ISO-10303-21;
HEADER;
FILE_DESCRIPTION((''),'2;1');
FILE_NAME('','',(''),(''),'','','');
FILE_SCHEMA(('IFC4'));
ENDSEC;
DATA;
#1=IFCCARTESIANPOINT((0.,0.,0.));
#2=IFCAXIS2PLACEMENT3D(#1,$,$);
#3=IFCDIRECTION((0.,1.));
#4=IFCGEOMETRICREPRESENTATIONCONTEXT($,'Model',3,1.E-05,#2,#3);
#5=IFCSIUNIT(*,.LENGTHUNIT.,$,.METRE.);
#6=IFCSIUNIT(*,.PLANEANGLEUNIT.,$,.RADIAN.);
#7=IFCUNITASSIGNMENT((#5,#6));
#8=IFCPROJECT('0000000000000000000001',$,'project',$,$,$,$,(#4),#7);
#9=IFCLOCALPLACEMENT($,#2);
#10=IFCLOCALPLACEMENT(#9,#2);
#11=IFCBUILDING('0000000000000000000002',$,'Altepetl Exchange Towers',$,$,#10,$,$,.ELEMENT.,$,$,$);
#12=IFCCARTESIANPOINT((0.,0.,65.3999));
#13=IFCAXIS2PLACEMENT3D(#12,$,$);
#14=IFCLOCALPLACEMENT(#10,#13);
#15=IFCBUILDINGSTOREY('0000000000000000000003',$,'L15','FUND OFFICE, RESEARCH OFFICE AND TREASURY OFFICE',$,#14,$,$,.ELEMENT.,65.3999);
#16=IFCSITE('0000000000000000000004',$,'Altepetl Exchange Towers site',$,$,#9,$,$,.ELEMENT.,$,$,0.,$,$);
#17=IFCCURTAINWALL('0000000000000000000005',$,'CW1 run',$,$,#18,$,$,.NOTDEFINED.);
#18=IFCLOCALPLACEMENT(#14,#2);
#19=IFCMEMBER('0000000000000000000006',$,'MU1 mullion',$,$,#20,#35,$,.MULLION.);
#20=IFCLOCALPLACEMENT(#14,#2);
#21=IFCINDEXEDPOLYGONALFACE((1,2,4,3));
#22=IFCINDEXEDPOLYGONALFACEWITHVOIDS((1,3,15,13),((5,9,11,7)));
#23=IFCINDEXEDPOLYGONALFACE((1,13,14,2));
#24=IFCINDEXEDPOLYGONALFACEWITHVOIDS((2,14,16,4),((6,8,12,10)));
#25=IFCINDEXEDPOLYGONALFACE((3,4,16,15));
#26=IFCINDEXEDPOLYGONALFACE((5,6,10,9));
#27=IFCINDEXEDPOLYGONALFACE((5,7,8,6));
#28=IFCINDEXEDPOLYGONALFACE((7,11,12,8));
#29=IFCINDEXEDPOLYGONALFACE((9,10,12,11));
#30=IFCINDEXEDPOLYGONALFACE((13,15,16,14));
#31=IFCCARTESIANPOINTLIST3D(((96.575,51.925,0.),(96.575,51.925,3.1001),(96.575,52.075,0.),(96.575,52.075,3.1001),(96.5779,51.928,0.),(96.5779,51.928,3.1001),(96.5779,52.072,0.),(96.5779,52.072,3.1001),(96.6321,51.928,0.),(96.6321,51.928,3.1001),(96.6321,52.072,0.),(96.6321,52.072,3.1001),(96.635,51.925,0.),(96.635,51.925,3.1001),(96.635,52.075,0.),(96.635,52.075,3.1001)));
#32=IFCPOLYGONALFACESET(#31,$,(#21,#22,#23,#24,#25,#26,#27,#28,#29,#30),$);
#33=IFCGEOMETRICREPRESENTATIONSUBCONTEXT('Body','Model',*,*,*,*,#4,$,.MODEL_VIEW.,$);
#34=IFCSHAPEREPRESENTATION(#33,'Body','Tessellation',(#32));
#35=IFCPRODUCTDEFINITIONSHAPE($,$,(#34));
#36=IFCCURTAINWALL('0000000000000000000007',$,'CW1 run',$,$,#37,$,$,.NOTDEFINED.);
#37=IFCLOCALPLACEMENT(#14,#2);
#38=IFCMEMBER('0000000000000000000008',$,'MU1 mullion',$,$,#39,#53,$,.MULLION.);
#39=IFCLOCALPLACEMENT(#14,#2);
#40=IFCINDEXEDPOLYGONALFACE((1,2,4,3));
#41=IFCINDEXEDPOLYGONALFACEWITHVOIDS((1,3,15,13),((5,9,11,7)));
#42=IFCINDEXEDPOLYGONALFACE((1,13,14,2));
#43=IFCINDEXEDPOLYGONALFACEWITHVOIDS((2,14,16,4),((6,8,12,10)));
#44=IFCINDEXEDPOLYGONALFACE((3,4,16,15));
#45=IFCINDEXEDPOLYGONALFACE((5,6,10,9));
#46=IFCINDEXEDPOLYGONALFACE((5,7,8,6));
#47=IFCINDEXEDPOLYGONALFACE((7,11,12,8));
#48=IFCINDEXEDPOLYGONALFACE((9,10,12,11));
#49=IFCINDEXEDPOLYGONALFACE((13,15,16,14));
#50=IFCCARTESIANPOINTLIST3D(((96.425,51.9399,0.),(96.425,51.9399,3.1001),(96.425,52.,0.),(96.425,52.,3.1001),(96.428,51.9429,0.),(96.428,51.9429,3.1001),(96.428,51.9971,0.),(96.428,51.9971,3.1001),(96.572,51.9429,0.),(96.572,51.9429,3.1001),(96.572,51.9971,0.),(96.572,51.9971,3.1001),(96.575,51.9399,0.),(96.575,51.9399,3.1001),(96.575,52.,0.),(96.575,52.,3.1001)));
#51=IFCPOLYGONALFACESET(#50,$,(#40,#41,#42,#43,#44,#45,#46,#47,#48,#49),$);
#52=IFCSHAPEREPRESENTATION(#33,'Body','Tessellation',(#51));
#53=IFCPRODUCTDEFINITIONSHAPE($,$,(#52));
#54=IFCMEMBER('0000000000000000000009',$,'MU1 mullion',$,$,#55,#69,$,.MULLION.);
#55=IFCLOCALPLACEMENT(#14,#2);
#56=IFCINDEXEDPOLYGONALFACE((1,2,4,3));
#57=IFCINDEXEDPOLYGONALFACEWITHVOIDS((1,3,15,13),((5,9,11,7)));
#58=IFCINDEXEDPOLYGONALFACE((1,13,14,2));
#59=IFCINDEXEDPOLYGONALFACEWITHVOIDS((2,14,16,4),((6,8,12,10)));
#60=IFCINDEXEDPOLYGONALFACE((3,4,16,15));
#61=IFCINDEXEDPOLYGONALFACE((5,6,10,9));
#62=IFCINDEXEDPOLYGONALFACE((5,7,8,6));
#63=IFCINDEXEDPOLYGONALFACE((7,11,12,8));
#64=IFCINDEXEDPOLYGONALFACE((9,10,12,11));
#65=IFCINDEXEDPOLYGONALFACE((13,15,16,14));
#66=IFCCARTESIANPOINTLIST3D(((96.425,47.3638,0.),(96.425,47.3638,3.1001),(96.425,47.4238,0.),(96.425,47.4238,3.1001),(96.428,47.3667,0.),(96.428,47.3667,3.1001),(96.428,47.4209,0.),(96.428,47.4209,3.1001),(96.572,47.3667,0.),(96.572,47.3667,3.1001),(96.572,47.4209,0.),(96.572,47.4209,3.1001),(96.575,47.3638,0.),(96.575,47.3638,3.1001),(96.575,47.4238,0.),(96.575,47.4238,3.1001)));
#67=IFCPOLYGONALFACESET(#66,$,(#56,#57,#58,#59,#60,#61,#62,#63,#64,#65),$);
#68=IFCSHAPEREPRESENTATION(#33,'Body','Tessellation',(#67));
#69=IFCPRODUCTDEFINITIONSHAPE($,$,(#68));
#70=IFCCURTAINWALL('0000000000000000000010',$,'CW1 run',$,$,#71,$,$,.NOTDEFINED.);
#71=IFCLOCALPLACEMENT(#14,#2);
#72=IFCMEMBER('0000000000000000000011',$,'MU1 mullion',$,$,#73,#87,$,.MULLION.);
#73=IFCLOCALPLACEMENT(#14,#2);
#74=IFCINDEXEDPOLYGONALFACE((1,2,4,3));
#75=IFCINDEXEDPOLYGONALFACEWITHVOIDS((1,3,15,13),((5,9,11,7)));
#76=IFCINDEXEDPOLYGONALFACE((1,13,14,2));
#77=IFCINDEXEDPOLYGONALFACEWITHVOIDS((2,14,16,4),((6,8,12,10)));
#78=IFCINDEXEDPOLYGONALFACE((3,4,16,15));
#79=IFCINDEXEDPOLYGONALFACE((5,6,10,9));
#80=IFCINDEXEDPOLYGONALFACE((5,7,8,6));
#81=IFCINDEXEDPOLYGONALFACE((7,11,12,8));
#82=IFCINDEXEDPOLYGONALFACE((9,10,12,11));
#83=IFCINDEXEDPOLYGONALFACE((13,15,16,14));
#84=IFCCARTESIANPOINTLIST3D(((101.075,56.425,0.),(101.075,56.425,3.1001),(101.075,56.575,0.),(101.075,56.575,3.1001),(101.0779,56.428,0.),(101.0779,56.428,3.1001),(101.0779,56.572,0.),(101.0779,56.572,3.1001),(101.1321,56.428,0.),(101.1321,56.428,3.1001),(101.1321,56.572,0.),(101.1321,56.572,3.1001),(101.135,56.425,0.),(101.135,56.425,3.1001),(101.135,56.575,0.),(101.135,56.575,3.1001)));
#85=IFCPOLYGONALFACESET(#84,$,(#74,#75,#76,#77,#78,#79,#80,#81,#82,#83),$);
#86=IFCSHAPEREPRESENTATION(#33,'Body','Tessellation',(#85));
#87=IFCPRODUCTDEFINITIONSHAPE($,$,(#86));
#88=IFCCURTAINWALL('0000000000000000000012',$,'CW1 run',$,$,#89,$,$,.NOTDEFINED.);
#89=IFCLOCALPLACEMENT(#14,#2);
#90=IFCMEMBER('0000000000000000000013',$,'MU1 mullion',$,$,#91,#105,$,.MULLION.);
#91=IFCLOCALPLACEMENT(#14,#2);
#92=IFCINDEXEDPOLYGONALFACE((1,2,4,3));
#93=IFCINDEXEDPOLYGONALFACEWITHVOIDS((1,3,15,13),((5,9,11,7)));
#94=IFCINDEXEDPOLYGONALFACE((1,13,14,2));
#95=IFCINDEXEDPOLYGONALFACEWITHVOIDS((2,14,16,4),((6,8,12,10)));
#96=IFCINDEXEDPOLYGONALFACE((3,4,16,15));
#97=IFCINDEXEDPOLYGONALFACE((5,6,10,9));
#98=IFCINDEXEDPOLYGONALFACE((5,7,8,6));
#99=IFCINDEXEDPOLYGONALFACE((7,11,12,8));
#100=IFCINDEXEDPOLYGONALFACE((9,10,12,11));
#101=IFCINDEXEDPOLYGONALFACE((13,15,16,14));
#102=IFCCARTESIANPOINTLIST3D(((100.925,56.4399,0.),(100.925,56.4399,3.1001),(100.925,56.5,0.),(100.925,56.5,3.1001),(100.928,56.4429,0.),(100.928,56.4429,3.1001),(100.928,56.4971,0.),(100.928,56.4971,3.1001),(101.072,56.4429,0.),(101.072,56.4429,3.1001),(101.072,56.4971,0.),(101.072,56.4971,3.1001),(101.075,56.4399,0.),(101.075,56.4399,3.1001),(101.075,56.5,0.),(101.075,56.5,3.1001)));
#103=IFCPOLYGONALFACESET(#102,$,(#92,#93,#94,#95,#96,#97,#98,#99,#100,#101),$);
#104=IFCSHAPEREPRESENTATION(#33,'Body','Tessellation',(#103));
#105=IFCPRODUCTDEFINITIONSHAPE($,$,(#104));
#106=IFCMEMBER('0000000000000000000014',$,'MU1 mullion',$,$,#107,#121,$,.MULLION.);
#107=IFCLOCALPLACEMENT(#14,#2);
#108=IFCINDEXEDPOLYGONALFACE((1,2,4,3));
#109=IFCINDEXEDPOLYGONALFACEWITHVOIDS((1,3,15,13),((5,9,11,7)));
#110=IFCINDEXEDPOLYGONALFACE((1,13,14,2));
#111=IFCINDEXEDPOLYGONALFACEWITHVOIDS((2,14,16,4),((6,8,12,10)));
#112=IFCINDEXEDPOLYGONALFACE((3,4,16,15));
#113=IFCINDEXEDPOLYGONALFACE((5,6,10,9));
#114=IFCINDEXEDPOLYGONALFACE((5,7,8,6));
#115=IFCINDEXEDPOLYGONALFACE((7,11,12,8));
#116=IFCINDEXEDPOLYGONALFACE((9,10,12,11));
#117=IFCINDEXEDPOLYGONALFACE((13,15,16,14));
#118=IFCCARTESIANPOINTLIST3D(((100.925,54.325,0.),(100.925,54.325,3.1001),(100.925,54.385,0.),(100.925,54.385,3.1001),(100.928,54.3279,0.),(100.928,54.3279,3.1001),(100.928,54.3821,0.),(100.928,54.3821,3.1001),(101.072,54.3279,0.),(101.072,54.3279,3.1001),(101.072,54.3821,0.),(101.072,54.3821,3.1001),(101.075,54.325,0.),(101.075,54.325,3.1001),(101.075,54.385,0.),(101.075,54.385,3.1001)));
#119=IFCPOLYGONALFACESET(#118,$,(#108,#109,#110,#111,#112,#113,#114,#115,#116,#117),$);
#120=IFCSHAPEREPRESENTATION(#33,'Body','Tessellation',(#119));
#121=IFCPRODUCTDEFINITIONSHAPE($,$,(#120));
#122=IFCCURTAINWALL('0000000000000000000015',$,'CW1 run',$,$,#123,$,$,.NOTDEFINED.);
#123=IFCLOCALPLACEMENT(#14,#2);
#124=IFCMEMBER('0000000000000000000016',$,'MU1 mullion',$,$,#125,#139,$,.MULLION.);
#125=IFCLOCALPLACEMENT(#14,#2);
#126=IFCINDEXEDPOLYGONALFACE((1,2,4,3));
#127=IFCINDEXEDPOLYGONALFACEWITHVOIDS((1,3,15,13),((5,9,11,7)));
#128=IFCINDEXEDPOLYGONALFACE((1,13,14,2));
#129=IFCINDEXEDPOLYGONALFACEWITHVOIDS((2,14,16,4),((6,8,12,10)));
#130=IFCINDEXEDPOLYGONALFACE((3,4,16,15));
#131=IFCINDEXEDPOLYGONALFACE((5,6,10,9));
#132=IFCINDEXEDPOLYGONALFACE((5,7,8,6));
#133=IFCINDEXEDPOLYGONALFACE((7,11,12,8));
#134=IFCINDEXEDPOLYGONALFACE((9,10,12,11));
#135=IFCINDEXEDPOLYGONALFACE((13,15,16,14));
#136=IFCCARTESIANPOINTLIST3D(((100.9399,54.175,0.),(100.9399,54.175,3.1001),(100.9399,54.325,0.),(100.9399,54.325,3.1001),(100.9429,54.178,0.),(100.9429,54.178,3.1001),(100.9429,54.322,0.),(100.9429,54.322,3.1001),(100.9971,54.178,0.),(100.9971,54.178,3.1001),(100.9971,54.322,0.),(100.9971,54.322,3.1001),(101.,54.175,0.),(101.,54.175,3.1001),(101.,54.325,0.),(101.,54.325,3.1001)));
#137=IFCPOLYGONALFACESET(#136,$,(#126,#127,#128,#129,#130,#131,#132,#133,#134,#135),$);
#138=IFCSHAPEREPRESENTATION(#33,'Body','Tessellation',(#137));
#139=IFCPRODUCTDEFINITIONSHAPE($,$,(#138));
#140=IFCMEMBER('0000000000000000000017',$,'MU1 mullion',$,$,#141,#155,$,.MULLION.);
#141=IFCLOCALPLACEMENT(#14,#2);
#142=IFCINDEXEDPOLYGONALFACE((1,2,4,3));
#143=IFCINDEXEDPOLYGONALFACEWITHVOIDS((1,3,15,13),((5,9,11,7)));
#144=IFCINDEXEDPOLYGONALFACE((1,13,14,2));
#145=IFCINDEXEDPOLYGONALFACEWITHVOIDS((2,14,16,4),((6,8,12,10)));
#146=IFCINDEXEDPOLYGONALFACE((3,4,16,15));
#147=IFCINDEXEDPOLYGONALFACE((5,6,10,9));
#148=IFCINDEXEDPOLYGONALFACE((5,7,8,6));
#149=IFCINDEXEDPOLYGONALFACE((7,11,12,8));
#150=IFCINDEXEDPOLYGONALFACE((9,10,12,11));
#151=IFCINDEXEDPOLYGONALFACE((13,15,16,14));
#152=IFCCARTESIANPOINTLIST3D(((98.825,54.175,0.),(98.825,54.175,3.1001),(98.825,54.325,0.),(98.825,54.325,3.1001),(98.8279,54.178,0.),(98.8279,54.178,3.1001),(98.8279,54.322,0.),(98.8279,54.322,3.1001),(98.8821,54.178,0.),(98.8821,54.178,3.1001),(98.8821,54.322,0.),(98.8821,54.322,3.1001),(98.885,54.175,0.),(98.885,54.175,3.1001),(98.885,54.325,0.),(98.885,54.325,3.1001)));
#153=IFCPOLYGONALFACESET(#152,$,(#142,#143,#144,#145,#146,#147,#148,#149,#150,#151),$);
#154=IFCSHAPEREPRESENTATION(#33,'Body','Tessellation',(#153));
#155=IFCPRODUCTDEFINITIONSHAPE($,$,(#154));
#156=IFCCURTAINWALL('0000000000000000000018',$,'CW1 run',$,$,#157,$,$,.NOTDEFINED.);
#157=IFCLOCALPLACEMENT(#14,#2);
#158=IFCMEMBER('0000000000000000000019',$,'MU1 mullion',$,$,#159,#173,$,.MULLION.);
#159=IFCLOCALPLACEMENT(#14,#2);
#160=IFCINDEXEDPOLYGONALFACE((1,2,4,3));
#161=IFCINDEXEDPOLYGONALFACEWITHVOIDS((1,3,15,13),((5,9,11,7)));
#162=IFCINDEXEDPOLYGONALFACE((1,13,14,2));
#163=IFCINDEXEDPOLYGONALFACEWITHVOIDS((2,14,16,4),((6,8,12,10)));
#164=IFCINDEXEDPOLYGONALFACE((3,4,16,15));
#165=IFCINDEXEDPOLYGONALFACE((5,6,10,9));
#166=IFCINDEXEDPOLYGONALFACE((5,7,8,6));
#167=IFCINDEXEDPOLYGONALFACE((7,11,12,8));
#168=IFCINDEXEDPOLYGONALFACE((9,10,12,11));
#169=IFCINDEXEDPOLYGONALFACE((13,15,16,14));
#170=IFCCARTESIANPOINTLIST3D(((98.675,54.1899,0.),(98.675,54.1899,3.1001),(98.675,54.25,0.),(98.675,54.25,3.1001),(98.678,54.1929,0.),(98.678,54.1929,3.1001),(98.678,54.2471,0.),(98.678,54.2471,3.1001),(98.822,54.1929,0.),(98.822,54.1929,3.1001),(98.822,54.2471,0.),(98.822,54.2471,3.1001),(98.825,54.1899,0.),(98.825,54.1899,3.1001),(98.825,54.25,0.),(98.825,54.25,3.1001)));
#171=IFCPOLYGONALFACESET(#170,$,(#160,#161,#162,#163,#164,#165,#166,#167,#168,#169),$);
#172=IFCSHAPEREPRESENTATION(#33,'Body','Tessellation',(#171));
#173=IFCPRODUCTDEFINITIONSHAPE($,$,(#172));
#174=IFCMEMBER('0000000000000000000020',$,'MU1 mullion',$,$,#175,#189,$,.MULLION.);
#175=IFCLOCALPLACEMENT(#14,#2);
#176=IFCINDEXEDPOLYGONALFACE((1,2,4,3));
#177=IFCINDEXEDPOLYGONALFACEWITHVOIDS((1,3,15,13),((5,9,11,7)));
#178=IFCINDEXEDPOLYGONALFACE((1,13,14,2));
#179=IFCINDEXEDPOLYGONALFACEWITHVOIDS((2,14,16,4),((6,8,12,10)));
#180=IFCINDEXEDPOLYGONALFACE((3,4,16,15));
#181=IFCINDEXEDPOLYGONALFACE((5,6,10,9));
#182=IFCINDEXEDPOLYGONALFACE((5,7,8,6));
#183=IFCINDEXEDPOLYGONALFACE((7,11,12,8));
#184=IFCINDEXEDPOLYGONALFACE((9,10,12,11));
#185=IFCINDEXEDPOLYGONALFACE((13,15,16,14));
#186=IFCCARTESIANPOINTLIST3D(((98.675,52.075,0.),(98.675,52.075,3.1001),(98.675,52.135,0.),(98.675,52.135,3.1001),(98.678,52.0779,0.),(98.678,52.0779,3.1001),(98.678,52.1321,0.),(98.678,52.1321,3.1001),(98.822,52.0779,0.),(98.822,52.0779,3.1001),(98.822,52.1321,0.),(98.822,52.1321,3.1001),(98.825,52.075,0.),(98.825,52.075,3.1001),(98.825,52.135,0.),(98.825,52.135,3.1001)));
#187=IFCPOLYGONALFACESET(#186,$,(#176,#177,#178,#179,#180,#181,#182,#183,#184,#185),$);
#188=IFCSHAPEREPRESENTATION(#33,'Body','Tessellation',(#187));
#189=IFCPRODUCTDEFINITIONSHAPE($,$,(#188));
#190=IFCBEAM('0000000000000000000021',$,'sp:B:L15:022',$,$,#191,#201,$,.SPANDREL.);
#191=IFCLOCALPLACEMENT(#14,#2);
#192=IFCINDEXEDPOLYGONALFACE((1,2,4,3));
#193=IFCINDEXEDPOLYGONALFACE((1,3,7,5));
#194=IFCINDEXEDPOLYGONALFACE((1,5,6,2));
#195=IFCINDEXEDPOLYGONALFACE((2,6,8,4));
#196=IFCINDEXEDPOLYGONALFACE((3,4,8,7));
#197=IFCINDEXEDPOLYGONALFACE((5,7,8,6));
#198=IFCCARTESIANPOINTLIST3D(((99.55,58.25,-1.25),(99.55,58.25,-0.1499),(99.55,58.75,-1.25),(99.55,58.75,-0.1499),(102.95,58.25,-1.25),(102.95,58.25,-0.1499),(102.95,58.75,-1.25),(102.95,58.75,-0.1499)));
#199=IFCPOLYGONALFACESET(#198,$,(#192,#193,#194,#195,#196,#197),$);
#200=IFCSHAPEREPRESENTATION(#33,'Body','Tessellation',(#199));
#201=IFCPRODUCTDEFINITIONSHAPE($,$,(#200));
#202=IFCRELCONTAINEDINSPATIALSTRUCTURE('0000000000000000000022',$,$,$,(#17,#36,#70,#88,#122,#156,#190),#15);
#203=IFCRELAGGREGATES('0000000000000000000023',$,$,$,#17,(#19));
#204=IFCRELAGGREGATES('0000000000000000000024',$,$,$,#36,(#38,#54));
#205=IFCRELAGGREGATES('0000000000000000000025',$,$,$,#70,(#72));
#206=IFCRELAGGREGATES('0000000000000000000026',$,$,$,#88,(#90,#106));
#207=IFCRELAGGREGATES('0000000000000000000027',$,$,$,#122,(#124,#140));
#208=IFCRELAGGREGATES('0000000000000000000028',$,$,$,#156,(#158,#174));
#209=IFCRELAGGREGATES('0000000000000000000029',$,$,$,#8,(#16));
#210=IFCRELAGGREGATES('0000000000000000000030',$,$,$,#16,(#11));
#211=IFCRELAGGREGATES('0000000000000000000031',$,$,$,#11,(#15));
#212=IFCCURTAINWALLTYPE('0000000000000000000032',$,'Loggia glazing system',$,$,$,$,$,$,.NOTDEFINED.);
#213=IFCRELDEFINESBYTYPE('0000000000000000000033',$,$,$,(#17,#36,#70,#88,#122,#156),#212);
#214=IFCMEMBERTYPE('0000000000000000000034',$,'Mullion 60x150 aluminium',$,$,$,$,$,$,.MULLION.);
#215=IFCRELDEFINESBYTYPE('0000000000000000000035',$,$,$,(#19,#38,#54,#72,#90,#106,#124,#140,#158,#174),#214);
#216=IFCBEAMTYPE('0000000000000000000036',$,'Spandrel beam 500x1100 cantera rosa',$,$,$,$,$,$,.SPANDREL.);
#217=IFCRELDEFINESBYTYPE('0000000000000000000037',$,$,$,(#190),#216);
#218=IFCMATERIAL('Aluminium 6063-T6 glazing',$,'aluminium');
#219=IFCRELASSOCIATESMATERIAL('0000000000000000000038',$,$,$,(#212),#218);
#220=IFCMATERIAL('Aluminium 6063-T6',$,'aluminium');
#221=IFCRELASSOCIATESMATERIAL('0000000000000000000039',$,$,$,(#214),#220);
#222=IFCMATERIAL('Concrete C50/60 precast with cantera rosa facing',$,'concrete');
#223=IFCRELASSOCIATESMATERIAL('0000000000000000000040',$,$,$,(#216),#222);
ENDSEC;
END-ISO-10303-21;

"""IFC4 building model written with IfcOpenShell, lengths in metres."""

from ifc_helpers import new_model, si_unit, direction, frame, origin, origin_2d, place, context, subcontext, project, spatial, rectangle, hollow_rectangle, extrude, material, material_profile, profile_set, type_object, element, aggregate, save


model = new_model("IFC4")

# Units and contexts
model_context = context("Model", 3, precision=1e-05, world=origin(), true_north=direction((0.0, 1.0)))
body_context = subcontext(model_context, "Body", "Model", "MODEL_VIEW")
ifc_project = project(units=[si_unit("LENGTHUNIT", "METRE"), si_unit("PLANEANGLEUNIT", "RADIAN")], contexts=[model_context])

# Site, building, storey
site_placement = place(None, origin())
site = spatial("IfcSite", under=ifc_project, at=site_placement, Name="Altepetl Exchange Towers site", CompositionType="ELEMENT", RefElevation=0.0)
building_placement = place(site_placement, origin())
building = spatial("IfcBuilding", under=site, at=building_placement, Name="Altepetl Exchange Towers", CompositionType="ELEMENT")
storey_placement = place(building_placement, frame((0.0, 0.0, 65.3999)))
storey = spatial("IfcBuildingStorey", under=building, at=storey_placement, Name="L15", Description="FUND OFFICE, RESEARCH OFFICE AND TREASURY OFFICE", CompositionType="ELEMENT", Elevation=65.3999)

# Curtain walls, members
ifc_material_1 = material(Name="Aluminium 6063-T6 glazing", Category="aluminium")
curtain_wall_type = type_object("IfcCurtainWallType", Name="Loggia glazing system", PredefinedType="NOTDEFINED", material=ifc_material_1)
curtain_wall_1_placement = place(storey_placement, origin())
curtain_wall_1 = element("IfcCurtainWall", 1, at=curtain_wall_1_placement, inside=storey, type_object=curtain_wall_type, Name="CW1 run", PredefinedType="NOTDEFINED")
ifc_material_2 = material(Name="Aluminium 6063-T6", Category="aluminium")
ifc_material_profile_1 = material_profile(ifc_material_2, hollow_rectangle(XDim=0.0601, YDim=0.1499, WallThickness=0.0029, at=origin_2d()), Name="Mullion 60x150 aluminium")
ifc_profile_set_1 = profile_set([ifc_material_profile_1], Name="Aluminium 6063-T6")
member_type = type_object("IfcMemberType", Name="Mullion 60x150 aluminium", PredefinedType="MULLION", material=ifc_profile_set_1)
member_1_placement = place(storey_placement, frame((96.605, 52.0, 0.0), z_axis=(0.0, 0.0, 1.0), x_axis=(-1.0, 0.0, 0.0)))
member_1 = element("IfcMember", 2, at=member_1_placement, type_object=member_type, Name="MU1 mullion", PredefinedType="MULLION", context=body_context, shape_type="SweptSolid", body=[
    extrude(hollow_rectangle(XDim=0.0601, YDim=0.1499, WallThickness=0.0029, at=origin_2d()), origin(), (0.0, 0.0, 1.0), 3.1001),
])
curtain_wall_2_placement = place(storey_placement, origin())
curtain_wall_2 = element("IfcCurtainWall", 3, at=curtain_wall_2_placement, inside=storey, type_object=curtain_wall_type, Name="CW1 run", PredefinedType="NOTDEFINED")
member_2_placement = place(storey_placement, frame((96.5, 51.97, 0.0), z_axis=(0.0, 0.0, 1.0), x_axis=(0.0, -1.0, 0.0)))
member_2 = element("IfcMember", 4, at=member_2_placement, type_object=member_type, Name="MU1 mullion", PredefinedType="MULLION", context=body_context, shape_type="SweptSolid", body=[
    extrude(hollow_rectangle(XDim=0.0601, YDim=0.1499, WallThickness=0.0029, at=origin_2d()), origin(), (0.0, 0.0, 1.0), 3.1001),
])
member_3_placement = place(storey_placement, frame((96.5, 47.3938, 0.0), z_axis=(0.0, 0.0, 1.0), x_axis=(0.0, -1.0, 0.0)))
member_3 = element("IfcMember", 5, at=member_3_placement, type_object=member_type, Name="MU1 mullion", PredefinedType="MULLION", context=body_context, shape_type="SweptSolid", body=[
    extrude(hollow_rectangle(XDim=0.0601, YDim=0.1499, WallThickness=0.0029, at=origin_2d()), origin(), (0.0, 0.0, 1.0), 3.1001),
])

# Curtain wall, member
curtain_wall_3_placement = place(storey_placement, origin())
curtain_wall_3 = element("IfcCurtainWall", 6, at=curtain_wall_3_placement, inside=storey, type_object=curtain_wall_type, Name="CW1 run", PredefinedType="NOTDEFINED")
member_4_placement = place(storey_placement, frame((101.105, 56.5, 0.0), z_axis=(0.0, 0.0, 1.0), x_axis=(-1.0, 0.0, 0.0)))
member_4 = element("IfcMember", 7, at=member_4_placement, type_object=member_type, Name="MU1 mullion", PredefinedType="MULLION", context=body_context, shape_type="SweptSolid", body=[
    extrude(hollow_rectangle(XDim=0.0601, YDim=0.1499, WallThickness=0.0029, at=origin_2d()), origin(), (0.0, 0.0, 1.0), 3.1001),
])

# Curtain walls, members
curtain_wall_4_placement = place(storey_placement, origin())
curtain_wall_4 = element("IfcCurtainWall", 8, at=curtain_wall_4_placement, inside=storey, type_object=curtain_wall_type, Name="CW1 run", PredefinedType="NOTDEFINED")
member_5_placement = place(storey_placement, frame((101.0, 56.47, 0.0), z_axis=(0.0, 0.0, 1.0), x_axis=(0.0, -1.0, 0.0)))
member_5 = element("IfcMember", 9, at=member_5_placement, type_object=member_type, Name="MU1 mullion", PredefinedType="MULLION", context=body_context, shape_type="SweptSolid", body=[
    extrude(hollow_rectangle(XDim=0.0601, YDim=0.1499, WallThickness=0.0029, at=origin_2d()), origin(), (0.0, 0.0, 1.0), 3.1001),
])
member_6_placement = place(storey_placement, frame((101.0, 54.355, 0.0), z_axis=(0.0, 0.0, 1.0), x_axis=(0.0, -1.0, 0.0)))
member_6 = element("IfcMember", 10, at=member_6_placement, type_object=member_type, Name="MU1 mullion", PredefinedType="MULLION", context=body_context, shape_type="SweptSolid", body=[
    extrude(hollow_rectangle(XDim=0.0601, YDim=0.1499, WallThickness=0.0029, at=origin_2d()), origin(), (0.0, 0.0, 1.0), 3.1001),
])
curtain_wall_5_placement = place(storey_placement, origin())
curtain_wall_5 = element("IfcCurtainWall", 11, at=curtain_wall_5_placement, inside=storey, type_object=curtain_wall_type, Name="CW1 run", PredefinedType="NOTDEFINED")
member_7_placement = place(storey_placement, frame((100.97, 54.25, 0.0), z_axis=(0.0, 0.0, 1.0), x_axis=(-1.0, 0.0, 0.0)))
member_7 = element("IfcMember", 12, at=member_7_placement, type_object=member_type, Name="MU1 mullion", PredefinedType="MULLION", context=body_context, shape_type="SweptSolid", body=[
    extrude(hollow_rectangle(XDim=0.0601, YDim=0.1499, WallThickness=0.0029, at=origin_2d()), origin(), (0.0, 0.0, 1.0), 3.1001),
])
member_8_placement = place(storey_placement, frame((98.855, 54.25, 0.0), z_axis=(0.0, 0.0, 1.0), x_axis=(-1.0, 0.0, 0.0)))
member_8 = element("IfcMember", 13, at=member_8_placement, type_object=member_type, Name="MU1 mullion", PredefinedType="MULLION", context=body_context, shape_type="SweptSolid", body=[
    extrude(hollow_rectangle(XDim=0.0601, YDim=0.1499, WallThickness=0.0029, at=origin_2d()), origin(), (0.0, 0.0, 1.0), 3.1001),
])
curtain_wall_6_placement = place(storey_placement, origin())
curtain_wall_6 = element("IfcCurtainWall", 14, at=curtain_wall_6_placement, inside=storey, type_object=curtain_wall_type, Name="CW1 run", PredefinedType="NOTDEFINED")
member_9_placement = place(storey_placement, frame((98.75, 54.22, 0.0), z_axis=(0.0, 0.0, 1.0), x_axis=(0.0, -1.0, 0.0)))
member_9 = element("IfcMember", 15, at=member_9_placement, type_object=member_type, Name="MU1 mullion", PredefinedType="MULLION", context=body_context, shape_type="SweptSolid", body=[
    extrude(hollow_rectangle(XDim=0.0601, YDim=0.1499, WallThickness=0.0029, at=origin_2d()), origin(), (0.0, 0.0, 1.0), 3.1001),
])
member_10_placement = place(storey_placement, frame((98.75, 52.105, 0.0), z_axis=(0.0, 0.0, 1.0), x_axis=(0.0, -1.0, 0.0)))
member_10 = element("IfcMember", 16, at=member_10_placement, type_object=member_type, Name="MU1 mullion", PredefinedType="MULLION", context=body_context, shape_type="SweptSolid", body=[
    extrude(hollow_rectangle(XDim=0.0601, YDim=0.1499, WallThickness=0.0029, at=origin_2d()), origin(), (0.0, 0.0, 1.0), 3.1001),
])

# Beam
ifc_material_3 = material(Name="Concrete C50/60 precast with cantera rosa facing", Category="concrete")
ifc_material_profile_2 = material_profile(ifc_material_3, rectangle(XDim=0.5, YDim=1.1001, at=origin_2d()), Name="500 x 1100")
ifc_profile_set_2 = profile_set([ifc_material_profile_2], Name="Concrete C50/60 precast with cantera rosa facing")
beam_type_1 = type_object("IfcBeamType", Name="Spandrel beam 500x1100 cantera rosa", PredefinedType="SPANDREL", material=ifc_profile_set_2)
beam_1_placement = place(storey_placement, frame((102.95, 58.5, -0.7), z_axis=(-1.0, 0.0, 0.0), x_axis=(0.0, -1.0, 0.0)))
element("IfcBeam", 17, at=beam_1_placement, inside=storey, type_object=beam_type_1, Name="sp:B:L15:022", PredefinedType="SPANDREL", context=body_context, shape_type="SweptSolid", body=[
    extrude(rectangle(XDim=0.5, YDim=1.1001, at=origin_2d()), origin(), (0.0, 0.0, 1.0), 3.3999),
])

aggregate(curtain_wall_1, [member_1])
aggregate(curtain_wall_2, [member_2, member_3])
aggregate(curtain_wall_3, [member_4])
aggregate(curtain_wall_4, [member_5, member_6])
aggregate(curtain_wall_5, [member_7, member_8])
aggregate(curtain_wall_6, [member_9, member_10])

save(model, "model.ifc")
